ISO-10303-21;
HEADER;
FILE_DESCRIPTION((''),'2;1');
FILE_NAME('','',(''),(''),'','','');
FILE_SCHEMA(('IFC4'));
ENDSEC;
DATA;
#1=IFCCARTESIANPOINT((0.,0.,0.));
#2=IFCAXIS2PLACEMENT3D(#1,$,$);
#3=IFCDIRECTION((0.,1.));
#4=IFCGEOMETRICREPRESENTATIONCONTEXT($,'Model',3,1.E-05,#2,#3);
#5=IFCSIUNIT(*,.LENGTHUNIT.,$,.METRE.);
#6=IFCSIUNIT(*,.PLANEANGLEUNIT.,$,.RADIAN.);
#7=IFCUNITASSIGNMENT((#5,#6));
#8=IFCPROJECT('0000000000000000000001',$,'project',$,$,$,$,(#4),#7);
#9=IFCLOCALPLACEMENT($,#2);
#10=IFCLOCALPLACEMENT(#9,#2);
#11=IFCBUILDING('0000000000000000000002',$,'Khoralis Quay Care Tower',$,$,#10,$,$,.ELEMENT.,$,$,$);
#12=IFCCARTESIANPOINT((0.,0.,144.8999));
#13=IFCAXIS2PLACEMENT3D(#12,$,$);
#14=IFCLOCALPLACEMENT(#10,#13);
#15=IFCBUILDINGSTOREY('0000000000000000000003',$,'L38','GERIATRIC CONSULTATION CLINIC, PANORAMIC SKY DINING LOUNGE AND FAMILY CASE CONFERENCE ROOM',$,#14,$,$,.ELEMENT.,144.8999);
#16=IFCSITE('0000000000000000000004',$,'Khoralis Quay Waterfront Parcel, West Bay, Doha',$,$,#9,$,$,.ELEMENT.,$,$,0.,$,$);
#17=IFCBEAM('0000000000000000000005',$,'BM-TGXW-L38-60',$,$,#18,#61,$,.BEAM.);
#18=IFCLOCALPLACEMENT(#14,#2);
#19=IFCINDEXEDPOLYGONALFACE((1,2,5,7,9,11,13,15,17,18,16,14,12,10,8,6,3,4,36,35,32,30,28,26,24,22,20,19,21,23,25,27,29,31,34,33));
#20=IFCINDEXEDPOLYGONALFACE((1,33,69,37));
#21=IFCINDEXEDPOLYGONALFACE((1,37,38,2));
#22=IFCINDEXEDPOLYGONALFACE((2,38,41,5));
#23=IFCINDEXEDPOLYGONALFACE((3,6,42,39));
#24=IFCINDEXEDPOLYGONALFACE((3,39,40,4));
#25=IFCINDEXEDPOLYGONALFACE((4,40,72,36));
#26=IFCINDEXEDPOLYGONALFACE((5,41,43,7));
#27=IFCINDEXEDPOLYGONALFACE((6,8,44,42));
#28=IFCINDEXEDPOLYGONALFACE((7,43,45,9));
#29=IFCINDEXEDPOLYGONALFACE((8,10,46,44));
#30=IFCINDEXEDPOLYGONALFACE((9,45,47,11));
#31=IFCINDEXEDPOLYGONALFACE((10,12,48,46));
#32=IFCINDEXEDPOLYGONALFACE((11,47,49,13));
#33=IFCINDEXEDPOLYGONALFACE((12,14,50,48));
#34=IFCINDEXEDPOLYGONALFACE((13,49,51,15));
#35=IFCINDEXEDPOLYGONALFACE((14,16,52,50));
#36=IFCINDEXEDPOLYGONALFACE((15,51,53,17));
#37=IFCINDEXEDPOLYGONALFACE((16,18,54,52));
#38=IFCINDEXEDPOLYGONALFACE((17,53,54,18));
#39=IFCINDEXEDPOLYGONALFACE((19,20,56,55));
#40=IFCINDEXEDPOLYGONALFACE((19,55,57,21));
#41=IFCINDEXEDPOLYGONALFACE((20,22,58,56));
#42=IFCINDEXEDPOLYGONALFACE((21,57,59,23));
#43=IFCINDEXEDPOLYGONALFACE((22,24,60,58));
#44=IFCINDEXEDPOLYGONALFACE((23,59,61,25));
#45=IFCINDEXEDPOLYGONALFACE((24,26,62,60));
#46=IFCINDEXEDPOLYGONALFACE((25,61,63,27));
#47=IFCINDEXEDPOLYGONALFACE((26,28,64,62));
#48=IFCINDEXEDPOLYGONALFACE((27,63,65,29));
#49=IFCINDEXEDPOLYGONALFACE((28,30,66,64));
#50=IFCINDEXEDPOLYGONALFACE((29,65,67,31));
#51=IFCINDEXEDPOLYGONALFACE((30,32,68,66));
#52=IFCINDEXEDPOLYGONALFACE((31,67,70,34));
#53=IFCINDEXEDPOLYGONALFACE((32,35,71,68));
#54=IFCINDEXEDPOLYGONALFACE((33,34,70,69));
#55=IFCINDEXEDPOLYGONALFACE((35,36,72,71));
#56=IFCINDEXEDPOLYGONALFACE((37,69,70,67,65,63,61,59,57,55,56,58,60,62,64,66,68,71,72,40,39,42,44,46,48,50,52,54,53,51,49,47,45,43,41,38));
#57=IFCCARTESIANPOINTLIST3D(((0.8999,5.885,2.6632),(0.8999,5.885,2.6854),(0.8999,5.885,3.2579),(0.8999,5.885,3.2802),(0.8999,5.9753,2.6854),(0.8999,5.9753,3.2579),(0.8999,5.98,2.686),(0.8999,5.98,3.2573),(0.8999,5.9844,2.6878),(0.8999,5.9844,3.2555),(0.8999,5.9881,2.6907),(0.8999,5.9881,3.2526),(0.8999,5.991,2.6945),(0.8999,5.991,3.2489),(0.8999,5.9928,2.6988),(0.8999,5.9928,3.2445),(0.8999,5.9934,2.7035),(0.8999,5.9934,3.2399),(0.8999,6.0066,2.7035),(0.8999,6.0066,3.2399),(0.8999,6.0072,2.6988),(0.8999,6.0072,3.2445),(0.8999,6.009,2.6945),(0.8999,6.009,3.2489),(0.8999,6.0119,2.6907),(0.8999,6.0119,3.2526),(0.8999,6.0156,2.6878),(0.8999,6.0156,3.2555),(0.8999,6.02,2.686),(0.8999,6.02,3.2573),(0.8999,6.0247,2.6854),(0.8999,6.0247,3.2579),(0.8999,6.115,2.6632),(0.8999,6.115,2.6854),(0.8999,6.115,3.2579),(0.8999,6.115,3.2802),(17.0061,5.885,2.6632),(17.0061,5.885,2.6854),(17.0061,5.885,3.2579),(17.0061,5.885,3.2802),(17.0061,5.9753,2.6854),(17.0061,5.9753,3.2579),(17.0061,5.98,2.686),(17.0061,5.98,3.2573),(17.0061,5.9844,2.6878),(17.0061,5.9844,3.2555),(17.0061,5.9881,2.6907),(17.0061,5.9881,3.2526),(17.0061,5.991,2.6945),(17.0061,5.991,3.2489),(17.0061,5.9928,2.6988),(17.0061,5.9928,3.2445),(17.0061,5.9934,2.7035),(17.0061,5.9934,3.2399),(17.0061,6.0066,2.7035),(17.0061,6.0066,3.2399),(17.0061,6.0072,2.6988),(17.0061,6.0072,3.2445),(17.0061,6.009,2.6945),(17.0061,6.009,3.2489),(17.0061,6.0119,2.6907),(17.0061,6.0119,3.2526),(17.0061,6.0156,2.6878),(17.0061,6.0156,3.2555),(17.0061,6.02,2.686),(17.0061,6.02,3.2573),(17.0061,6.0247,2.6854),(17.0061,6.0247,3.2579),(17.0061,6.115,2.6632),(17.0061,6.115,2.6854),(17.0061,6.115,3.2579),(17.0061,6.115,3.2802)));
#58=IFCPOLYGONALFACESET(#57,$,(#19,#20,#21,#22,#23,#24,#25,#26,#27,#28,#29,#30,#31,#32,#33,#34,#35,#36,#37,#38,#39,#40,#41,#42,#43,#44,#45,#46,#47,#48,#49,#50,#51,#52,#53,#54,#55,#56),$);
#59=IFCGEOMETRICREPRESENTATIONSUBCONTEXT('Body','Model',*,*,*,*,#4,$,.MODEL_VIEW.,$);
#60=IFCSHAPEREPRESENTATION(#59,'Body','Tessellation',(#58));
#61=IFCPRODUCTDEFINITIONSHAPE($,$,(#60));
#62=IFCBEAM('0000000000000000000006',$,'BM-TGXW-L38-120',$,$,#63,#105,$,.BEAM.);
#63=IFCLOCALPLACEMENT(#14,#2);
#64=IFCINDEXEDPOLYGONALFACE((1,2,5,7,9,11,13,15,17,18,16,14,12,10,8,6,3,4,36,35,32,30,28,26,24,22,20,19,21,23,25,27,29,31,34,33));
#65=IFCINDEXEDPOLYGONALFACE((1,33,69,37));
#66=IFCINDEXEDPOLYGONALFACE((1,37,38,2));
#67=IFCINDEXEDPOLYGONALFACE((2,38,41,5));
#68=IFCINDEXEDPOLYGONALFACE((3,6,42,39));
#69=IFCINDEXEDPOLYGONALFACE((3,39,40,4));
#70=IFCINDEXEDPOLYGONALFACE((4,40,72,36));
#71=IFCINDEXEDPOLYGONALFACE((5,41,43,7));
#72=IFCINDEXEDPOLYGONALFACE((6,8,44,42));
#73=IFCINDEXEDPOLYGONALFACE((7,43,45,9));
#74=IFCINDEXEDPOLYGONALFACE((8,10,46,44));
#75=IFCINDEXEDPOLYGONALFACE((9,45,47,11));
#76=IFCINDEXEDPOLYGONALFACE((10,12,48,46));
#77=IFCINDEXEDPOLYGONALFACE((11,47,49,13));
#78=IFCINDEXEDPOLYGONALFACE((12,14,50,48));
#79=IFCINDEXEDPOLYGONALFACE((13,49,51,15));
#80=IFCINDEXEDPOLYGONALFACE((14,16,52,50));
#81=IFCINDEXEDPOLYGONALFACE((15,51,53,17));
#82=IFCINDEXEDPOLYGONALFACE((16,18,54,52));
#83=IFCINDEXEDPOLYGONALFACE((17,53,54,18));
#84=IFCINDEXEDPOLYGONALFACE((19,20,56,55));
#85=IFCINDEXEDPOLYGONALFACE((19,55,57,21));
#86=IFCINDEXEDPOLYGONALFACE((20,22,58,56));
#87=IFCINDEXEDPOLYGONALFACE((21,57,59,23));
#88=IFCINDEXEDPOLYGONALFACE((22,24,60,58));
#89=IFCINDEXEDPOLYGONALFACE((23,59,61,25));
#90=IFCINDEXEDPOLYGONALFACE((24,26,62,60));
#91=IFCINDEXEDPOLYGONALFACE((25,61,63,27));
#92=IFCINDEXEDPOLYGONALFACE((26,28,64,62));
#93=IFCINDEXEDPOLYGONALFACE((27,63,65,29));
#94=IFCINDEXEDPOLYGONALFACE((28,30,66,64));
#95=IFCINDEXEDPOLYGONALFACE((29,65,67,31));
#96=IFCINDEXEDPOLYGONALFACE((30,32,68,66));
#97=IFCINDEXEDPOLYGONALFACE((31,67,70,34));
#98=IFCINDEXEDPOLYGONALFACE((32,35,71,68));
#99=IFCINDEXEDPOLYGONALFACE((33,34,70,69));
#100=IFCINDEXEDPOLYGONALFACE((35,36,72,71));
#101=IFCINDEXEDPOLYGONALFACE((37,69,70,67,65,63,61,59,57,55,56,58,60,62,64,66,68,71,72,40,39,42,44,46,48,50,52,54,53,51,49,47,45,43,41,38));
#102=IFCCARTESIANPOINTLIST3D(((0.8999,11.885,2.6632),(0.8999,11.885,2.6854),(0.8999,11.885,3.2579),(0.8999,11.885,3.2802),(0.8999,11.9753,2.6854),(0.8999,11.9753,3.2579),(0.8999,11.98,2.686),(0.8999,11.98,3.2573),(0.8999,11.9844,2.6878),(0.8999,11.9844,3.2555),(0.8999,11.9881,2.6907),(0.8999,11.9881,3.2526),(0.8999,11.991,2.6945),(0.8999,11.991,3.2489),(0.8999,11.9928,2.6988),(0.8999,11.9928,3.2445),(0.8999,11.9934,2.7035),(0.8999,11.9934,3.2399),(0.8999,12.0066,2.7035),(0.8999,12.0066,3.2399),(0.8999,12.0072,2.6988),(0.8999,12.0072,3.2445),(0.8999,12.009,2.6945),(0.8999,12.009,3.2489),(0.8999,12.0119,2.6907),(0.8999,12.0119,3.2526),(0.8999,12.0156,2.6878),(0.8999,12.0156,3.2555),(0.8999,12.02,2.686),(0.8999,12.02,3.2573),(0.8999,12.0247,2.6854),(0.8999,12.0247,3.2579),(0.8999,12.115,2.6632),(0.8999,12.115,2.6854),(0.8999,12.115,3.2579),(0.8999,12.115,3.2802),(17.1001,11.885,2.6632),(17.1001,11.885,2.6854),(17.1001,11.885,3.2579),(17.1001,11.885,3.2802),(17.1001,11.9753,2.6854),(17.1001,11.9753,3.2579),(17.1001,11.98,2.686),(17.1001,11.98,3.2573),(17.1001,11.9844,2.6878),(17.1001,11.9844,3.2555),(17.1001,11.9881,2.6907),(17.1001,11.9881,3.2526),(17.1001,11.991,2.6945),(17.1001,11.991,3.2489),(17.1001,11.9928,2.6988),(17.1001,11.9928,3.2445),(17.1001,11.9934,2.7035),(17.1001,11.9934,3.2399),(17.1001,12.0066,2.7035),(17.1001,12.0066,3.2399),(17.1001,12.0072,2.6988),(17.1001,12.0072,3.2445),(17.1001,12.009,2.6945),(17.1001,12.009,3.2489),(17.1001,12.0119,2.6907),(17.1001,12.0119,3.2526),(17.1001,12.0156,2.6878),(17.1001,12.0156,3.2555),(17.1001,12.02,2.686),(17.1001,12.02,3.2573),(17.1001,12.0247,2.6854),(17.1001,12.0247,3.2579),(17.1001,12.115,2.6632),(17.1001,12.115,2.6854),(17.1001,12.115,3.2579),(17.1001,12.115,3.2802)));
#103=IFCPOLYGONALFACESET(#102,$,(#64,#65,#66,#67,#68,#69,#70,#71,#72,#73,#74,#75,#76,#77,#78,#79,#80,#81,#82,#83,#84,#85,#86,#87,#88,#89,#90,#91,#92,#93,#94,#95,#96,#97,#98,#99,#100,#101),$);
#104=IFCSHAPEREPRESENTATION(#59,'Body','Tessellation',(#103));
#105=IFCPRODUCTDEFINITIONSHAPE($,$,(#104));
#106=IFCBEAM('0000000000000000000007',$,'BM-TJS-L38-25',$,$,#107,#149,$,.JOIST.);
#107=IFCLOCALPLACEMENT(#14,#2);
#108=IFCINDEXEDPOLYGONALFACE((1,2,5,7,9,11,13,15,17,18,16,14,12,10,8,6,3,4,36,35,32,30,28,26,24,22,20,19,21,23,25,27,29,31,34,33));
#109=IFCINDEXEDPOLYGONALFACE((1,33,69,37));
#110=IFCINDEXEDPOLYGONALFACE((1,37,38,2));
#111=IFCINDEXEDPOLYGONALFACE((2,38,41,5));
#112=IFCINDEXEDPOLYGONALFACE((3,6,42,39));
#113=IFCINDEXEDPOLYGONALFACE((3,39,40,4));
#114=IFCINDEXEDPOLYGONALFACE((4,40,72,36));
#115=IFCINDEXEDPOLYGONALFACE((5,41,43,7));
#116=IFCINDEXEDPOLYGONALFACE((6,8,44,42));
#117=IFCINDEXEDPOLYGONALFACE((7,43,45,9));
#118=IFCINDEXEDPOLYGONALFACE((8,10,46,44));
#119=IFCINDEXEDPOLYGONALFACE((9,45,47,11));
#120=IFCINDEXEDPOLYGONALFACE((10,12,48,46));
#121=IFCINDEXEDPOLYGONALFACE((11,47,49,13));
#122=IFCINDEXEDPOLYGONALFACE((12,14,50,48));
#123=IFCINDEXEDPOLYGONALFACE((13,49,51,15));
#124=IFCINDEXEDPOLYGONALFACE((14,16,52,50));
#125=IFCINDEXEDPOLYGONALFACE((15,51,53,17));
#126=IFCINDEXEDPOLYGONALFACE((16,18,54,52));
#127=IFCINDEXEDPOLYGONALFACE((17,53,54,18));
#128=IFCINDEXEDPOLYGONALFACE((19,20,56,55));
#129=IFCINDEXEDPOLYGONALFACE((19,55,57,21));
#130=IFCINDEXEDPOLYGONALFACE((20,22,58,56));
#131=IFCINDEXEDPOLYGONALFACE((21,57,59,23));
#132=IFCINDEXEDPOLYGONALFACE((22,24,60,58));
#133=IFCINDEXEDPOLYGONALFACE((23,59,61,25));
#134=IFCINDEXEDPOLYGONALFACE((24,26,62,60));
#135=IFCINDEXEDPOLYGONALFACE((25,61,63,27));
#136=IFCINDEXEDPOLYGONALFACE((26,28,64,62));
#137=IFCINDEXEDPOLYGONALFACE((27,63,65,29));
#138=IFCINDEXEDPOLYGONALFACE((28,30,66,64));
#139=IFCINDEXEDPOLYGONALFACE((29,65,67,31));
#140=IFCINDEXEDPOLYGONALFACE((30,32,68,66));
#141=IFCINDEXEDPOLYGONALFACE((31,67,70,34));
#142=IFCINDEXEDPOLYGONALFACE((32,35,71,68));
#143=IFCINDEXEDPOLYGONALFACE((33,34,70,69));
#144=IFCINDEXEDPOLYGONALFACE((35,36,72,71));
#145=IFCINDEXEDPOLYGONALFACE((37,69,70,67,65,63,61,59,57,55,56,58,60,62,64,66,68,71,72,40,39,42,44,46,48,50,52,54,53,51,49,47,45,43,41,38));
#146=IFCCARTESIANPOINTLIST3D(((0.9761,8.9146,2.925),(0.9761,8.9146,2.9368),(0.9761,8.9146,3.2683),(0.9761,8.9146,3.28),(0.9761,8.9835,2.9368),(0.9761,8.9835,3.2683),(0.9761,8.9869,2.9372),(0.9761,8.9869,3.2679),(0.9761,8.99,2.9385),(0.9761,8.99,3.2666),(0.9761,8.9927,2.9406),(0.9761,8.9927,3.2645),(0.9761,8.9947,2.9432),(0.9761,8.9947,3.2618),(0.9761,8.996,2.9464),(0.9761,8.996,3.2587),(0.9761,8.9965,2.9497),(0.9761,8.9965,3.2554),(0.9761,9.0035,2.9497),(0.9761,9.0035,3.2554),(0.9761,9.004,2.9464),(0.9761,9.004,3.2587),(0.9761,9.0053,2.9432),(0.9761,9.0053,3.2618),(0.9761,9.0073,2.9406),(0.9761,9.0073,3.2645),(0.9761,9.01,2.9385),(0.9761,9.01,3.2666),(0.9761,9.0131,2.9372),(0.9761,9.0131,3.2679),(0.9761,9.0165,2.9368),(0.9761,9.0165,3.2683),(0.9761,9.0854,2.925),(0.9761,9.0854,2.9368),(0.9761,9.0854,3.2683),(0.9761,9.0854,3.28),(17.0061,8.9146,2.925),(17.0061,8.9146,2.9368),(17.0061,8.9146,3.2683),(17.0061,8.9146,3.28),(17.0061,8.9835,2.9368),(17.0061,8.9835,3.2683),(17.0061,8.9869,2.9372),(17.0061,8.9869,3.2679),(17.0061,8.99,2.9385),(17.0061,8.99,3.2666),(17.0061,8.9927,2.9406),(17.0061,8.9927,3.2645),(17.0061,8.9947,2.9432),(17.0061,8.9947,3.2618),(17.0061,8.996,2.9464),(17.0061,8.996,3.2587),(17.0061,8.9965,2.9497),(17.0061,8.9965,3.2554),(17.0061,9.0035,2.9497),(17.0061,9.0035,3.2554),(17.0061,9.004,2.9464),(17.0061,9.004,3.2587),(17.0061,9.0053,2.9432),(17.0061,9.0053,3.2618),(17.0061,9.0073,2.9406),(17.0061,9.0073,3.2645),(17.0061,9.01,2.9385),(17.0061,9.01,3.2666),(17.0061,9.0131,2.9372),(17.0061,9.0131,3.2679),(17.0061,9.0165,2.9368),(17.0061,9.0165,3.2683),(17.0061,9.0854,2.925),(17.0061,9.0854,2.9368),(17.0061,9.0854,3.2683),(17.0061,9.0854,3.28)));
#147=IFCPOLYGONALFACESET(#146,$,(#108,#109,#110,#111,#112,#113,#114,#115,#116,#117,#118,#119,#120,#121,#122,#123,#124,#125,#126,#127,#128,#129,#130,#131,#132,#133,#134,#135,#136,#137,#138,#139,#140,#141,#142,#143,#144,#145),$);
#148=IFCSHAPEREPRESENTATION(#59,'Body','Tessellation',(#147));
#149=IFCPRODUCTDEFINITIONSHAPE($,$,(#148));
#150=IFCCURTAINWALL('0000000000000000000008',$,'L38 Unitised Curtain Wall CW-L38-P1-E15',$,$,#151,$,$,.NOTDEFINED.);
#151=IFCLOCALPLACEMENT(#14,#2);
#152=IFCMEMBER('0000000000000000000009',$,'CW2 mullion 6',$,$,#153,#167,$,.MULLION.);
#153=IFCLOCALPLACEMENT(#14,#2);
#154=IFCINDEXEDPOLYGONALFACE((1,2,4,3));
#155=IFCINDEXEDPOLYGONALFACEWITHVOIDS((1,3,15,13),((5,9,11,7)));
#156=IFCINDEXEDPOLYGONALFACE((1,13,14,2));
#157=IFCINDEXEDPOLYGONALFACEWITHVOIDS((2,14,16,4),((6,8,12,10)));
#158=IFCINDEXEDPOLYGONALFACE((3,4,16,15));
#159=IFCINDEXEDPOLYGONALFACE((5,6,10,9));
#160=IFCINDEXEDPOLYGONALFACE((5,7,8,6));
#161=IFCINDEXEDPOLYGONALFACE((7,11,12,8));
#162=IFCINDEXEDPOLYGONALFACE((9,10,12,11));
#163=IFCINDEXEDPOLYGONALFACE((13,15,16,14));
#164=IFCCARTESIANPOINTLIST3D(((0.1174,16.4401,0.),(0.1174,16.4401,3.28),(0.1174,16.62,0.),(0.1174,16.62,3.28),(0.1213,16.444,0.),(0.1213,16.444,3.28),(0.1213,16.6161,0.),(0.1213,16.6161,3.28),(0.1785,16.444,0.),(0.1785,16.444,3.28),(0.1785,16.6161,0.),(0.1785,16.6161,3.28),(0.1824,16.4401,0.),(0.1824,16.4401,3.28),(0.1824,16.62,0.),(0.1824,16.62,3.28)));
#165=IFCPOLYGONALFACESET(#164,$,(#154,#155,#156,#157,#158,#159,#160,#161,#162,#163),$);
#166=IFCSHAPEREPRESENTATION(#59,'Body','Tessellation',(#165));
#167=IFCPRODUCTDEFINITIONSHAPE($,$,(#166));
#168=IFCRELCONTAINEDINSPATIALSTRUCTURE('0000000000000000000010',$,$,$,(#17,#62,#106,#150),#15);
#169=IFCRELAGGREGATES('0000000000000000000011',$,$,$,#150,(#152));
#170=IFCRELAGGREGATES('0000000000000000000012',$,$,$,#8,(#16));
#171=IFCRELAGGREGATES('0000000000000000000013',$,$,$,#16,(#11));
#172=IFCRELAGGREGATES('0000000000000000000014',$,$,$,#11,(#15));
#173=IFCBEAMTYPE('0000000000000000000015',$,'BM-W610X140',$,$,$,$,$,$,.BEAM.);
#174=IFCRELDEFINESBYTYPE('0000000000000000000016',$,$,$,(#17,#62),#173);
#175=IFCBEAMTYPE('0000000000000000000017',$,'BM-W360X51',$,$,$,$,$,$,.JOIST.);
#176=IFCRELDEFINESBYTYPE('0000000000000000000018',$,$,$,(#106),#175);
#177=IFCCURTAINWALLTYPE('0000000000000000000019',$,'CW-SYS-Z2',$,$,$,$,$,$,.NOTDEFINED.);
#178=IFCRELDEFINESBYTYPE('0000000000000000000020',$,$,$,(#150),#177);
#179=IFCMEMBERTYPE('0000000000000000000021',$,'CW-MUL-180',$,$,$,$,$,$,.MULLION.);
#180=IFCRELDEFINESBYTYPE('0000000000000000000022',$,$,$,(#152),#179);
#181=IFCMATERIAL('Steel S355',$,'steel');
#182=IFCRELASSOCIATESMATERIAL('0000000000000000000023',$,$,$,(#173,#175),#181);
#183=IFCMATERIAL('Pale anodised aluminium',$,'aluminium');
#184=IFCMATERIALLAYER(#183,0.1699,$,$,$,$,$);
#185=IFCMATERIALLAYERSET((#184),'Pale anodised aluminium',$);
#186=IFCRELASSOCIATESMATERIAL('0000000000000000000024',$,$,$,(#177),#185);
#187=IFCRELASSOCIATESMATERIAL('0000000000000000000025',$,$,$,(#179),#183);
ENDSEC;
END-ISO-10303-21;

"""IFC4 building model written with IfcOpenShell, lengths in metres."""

from ifc_helpers import new_model, si_unit, direction, frame, origin, origin_2d, place, context, subcontext, project, spatial, hollow_rectangle, i_section, extrude, source, transform, mapped, material, layer, layer_set, material_profile, profile_set, type_object, element, aggregate, save


model = new_model("IFC4")

# Units and contexts
model_context = context("Model", 3, precision=1e-05, world=origin(), true_north=direction((0.0, 1.0)))
body_context = subcontext(model_context, "Body", "Model", "MODEL_VIEW")
ifc_project = project(units=[si_unit("LENGTHUNIT", "METRE"), si_unit("PLANEANGLEUNIT", "RADIAN")], contexts=[model_context])

# Site, building, storey
site_placement = place(None, origin())
site = spatial("IfcSite", under=ifc_project, at=site_placement, Name="Khoralis Quay Waterfront Parcel, West Bay, Doha", CompositionType="ELEMENT", RefElevation=0.0)
building_placement = place(site_placement, origin())
building = spatial("IfcBuilding", under=site, at=building_placement, Name="Khoralis Quay Care Tower", CompositionType="ELEMENT")
storey_placement = place(building_placement, frame((0.0, 0.0, 144.8999)))
storey = spatial("IfcBuildingStorey", under=building, at=storey_placement, Name="L38", Description="GERIATRIC CONSULTATION CLINIC, PANORAMIC SKY DINING LOUNGE AND FAMILY CASE CONFERENCE ROOM", CompositionType="ELEMENT", Elevation=144.8999)

# Beams
ifc_material_1 = material(Name="Steel S355", Category="steel")
ifc_material_profile_1 = material_profile(ifc_material_1, i_section(OverallWidth=0.23, OverallDepth=0.6169, WebThickness=0.0132, FlangeThickness=0.0222, FilletRadius=0.0181, at=origin_2d()), Name="Steel S355")
ifc_profile_set_1 = profile_set([ifc_material_profile_1], Name="Steel S355")
beam_type_1 = type_object("IfcBeamType", Name="BM-W610X140", PredefinedType="BEAM", material=ifc_profile_set_1)
shared_shape_1 = source(origin(), body_context, "Body", "SweptSolid", [
    extrude(i_section(OverallWidth=0.23, OverallDepth=0.6169, WebThickness=0.0132, FlangeThickness=0.0222, FilletRadius=0.0181, at=origin_2d()), origin(), (0.0, 0.0, 1.0), 16.1062),
])
beam_1_placement = place(storey_placement, frame((0.8999, 6.0, 2.9717), z_axis=(1.0, 0.0, 0.0), x_axis=(0.0, 1.0, 0.0)))
element("IfcBeam", 1, at=beam_1_placement, inside=storey, type_object=beam_type_1, Name="BM-TGXW-L38-60", PredefinedType="BEAM", context=body_context, shape_type="MappedRepresentation", body=[
    mapped(shared_shape_1, transform((0.0, 0.0, 0.0), scale=1.0)),
])
shared_shape_2 = source(origin(), body_context, "Body", "SweptSolid", [
    extrude(i_section(OverallWidth=0.23, OverallDepth=0.6169, WebThickness=0.0132, FlangeThickness=0.0222, FilletRadius=0.0181, at=origin_2d()), origin(), (0.0, 0.0, 1.0), 16.2002),
])
beam_2_placement = place(storey_placement, frame((0.8999, 12.0, 2.9717), z_axis=(1.0, 0.0, 0.0), x_axis=(0.0, 1.0, 0.0)))
element("IfcBeam", 2, at=beam_2_placement, inside=storey, type_object=beam_type_1, Name="BM-TGXW-L38-120", PredefinedType="BEAM", context=body_context, shape_type="MappedRepresentation", body=[
    mapped(shared_shape_2, transform((0.0, 0.0, 0.0), scale=1.0)),
])
ifc_material_profile_2 = material_profile(ifc_material_1, i_section(OverallWidth=0.1709, OverallDepth=0.355, WebThickness=0.0071, FlangeThickness=0.0117, FilletRadius=0.0129, at=origin_2d()), Name="Steel S355")
ifc_profile_set_2 = profile_set([ifc_material_profile_2], Name="Steel S355")
beam_type_2 = type_object("IfcBeamType", Name="BM-W360X51", PredefinedType="JOIST", material=ifc_profile_set_2)
shared_shape_3 = source(origin(), body_context, "Body", "SweptSolid", [
    extrude(i_section(OverallWidth=0.1709, OverallDepth=0.355, WebThickness=0.0071, FlangeThickness=0.0117, FilletRadius=0.0129, at=origin_2d()), origin(), (0.0, 0.0, 1.0), 16.03),
])
beam_3_placement = place(storey_placement, frame((0.9761, 9.0, 3.1025), z_axis=(1.0, 0.0, 0.0), x_axis=(0.0, 1.0, 0.0)))
element("IfcBeam", 3, at=beam_3_placement, inside=storey, type_object=beam_type_2, Name="BM-TJS-L38-25", PredefinedType="JOIST", context=body_context, shape_type="MappedRepresentation", body=[
    mapped(shared_shape_3, transform((0.0, 0.0, 0.0), scale=1.0)),
])

# Curtain wall, member
ifc_material_2 = material(Name="Pale anodised aluminium", Category="aluminium")
ifc_layer_1 = layer(ifc_material_2, 0.1699)
ifc_layer_set_1 = layer_set([ifc_layer_1], Name="Pale anodised aluminium")
curtain_wall_type = type_object("IfcCurtainWallType", Name="CW-SYS-Z2", PredefinedType="NOTDEFINED", material=ifc_layer_set_1)
curtain_wall_placement = place(storey_placement, origin())
curtain_wall = element("IfcCurtainWall", 4, at=curtain_wall_placement, inside=storey, type_object=curtain_wall_type, Name="L38 Unitised Curtain Wall CW-L38-P1-E15", PredefinedType="NOTDEFINED")
ifc_material_profile_3 = material_profile(ifc_material_2, hollow_rectangle(XDim=0.0649, YDim=0.1799, WallThickness=0.0039, at=origin_2d()), Name="Pale anodised aluminium")
ifc_profile_set_3 = profile_set([ifc_material_profile_3], Name="Pale anodised aluminium")
member_type = type_object("IfcMemberType", Name="CW-MUL-180", PredefinedType="MULLION", material=ifc_profile_set_3)
shared_shape_4 = source(origin(), body_context, "Body", "SweptSolid", [
    extrude(hollow_rectangle(XDim=0.0649, YDim=0.1799, WallThickness=0.0039, at=origin_2d()), origin(), (0.0, 0.0, 1.0), 3.28),
])
member_placement = place(storey_placement, frame((0.1499, 16.53, 0.0), z_axis=(0.0, 0.0, 1.0), x_axis=(1.0, 0.0, 0.0)))
member = element("IfcMember", 5, at=member_placement, type_object=member_type, Name="CW2 mullion 6", PredefinedType="MULLION", context=body_context, shape_type="MappedRepresentation", body=[
    mapped(shared_shape_4, transform((0.0, 0.0, 0.0), scale=1.0)),
])
aggregate(curtain_wall, [member])

save(model, "model.ifc")
